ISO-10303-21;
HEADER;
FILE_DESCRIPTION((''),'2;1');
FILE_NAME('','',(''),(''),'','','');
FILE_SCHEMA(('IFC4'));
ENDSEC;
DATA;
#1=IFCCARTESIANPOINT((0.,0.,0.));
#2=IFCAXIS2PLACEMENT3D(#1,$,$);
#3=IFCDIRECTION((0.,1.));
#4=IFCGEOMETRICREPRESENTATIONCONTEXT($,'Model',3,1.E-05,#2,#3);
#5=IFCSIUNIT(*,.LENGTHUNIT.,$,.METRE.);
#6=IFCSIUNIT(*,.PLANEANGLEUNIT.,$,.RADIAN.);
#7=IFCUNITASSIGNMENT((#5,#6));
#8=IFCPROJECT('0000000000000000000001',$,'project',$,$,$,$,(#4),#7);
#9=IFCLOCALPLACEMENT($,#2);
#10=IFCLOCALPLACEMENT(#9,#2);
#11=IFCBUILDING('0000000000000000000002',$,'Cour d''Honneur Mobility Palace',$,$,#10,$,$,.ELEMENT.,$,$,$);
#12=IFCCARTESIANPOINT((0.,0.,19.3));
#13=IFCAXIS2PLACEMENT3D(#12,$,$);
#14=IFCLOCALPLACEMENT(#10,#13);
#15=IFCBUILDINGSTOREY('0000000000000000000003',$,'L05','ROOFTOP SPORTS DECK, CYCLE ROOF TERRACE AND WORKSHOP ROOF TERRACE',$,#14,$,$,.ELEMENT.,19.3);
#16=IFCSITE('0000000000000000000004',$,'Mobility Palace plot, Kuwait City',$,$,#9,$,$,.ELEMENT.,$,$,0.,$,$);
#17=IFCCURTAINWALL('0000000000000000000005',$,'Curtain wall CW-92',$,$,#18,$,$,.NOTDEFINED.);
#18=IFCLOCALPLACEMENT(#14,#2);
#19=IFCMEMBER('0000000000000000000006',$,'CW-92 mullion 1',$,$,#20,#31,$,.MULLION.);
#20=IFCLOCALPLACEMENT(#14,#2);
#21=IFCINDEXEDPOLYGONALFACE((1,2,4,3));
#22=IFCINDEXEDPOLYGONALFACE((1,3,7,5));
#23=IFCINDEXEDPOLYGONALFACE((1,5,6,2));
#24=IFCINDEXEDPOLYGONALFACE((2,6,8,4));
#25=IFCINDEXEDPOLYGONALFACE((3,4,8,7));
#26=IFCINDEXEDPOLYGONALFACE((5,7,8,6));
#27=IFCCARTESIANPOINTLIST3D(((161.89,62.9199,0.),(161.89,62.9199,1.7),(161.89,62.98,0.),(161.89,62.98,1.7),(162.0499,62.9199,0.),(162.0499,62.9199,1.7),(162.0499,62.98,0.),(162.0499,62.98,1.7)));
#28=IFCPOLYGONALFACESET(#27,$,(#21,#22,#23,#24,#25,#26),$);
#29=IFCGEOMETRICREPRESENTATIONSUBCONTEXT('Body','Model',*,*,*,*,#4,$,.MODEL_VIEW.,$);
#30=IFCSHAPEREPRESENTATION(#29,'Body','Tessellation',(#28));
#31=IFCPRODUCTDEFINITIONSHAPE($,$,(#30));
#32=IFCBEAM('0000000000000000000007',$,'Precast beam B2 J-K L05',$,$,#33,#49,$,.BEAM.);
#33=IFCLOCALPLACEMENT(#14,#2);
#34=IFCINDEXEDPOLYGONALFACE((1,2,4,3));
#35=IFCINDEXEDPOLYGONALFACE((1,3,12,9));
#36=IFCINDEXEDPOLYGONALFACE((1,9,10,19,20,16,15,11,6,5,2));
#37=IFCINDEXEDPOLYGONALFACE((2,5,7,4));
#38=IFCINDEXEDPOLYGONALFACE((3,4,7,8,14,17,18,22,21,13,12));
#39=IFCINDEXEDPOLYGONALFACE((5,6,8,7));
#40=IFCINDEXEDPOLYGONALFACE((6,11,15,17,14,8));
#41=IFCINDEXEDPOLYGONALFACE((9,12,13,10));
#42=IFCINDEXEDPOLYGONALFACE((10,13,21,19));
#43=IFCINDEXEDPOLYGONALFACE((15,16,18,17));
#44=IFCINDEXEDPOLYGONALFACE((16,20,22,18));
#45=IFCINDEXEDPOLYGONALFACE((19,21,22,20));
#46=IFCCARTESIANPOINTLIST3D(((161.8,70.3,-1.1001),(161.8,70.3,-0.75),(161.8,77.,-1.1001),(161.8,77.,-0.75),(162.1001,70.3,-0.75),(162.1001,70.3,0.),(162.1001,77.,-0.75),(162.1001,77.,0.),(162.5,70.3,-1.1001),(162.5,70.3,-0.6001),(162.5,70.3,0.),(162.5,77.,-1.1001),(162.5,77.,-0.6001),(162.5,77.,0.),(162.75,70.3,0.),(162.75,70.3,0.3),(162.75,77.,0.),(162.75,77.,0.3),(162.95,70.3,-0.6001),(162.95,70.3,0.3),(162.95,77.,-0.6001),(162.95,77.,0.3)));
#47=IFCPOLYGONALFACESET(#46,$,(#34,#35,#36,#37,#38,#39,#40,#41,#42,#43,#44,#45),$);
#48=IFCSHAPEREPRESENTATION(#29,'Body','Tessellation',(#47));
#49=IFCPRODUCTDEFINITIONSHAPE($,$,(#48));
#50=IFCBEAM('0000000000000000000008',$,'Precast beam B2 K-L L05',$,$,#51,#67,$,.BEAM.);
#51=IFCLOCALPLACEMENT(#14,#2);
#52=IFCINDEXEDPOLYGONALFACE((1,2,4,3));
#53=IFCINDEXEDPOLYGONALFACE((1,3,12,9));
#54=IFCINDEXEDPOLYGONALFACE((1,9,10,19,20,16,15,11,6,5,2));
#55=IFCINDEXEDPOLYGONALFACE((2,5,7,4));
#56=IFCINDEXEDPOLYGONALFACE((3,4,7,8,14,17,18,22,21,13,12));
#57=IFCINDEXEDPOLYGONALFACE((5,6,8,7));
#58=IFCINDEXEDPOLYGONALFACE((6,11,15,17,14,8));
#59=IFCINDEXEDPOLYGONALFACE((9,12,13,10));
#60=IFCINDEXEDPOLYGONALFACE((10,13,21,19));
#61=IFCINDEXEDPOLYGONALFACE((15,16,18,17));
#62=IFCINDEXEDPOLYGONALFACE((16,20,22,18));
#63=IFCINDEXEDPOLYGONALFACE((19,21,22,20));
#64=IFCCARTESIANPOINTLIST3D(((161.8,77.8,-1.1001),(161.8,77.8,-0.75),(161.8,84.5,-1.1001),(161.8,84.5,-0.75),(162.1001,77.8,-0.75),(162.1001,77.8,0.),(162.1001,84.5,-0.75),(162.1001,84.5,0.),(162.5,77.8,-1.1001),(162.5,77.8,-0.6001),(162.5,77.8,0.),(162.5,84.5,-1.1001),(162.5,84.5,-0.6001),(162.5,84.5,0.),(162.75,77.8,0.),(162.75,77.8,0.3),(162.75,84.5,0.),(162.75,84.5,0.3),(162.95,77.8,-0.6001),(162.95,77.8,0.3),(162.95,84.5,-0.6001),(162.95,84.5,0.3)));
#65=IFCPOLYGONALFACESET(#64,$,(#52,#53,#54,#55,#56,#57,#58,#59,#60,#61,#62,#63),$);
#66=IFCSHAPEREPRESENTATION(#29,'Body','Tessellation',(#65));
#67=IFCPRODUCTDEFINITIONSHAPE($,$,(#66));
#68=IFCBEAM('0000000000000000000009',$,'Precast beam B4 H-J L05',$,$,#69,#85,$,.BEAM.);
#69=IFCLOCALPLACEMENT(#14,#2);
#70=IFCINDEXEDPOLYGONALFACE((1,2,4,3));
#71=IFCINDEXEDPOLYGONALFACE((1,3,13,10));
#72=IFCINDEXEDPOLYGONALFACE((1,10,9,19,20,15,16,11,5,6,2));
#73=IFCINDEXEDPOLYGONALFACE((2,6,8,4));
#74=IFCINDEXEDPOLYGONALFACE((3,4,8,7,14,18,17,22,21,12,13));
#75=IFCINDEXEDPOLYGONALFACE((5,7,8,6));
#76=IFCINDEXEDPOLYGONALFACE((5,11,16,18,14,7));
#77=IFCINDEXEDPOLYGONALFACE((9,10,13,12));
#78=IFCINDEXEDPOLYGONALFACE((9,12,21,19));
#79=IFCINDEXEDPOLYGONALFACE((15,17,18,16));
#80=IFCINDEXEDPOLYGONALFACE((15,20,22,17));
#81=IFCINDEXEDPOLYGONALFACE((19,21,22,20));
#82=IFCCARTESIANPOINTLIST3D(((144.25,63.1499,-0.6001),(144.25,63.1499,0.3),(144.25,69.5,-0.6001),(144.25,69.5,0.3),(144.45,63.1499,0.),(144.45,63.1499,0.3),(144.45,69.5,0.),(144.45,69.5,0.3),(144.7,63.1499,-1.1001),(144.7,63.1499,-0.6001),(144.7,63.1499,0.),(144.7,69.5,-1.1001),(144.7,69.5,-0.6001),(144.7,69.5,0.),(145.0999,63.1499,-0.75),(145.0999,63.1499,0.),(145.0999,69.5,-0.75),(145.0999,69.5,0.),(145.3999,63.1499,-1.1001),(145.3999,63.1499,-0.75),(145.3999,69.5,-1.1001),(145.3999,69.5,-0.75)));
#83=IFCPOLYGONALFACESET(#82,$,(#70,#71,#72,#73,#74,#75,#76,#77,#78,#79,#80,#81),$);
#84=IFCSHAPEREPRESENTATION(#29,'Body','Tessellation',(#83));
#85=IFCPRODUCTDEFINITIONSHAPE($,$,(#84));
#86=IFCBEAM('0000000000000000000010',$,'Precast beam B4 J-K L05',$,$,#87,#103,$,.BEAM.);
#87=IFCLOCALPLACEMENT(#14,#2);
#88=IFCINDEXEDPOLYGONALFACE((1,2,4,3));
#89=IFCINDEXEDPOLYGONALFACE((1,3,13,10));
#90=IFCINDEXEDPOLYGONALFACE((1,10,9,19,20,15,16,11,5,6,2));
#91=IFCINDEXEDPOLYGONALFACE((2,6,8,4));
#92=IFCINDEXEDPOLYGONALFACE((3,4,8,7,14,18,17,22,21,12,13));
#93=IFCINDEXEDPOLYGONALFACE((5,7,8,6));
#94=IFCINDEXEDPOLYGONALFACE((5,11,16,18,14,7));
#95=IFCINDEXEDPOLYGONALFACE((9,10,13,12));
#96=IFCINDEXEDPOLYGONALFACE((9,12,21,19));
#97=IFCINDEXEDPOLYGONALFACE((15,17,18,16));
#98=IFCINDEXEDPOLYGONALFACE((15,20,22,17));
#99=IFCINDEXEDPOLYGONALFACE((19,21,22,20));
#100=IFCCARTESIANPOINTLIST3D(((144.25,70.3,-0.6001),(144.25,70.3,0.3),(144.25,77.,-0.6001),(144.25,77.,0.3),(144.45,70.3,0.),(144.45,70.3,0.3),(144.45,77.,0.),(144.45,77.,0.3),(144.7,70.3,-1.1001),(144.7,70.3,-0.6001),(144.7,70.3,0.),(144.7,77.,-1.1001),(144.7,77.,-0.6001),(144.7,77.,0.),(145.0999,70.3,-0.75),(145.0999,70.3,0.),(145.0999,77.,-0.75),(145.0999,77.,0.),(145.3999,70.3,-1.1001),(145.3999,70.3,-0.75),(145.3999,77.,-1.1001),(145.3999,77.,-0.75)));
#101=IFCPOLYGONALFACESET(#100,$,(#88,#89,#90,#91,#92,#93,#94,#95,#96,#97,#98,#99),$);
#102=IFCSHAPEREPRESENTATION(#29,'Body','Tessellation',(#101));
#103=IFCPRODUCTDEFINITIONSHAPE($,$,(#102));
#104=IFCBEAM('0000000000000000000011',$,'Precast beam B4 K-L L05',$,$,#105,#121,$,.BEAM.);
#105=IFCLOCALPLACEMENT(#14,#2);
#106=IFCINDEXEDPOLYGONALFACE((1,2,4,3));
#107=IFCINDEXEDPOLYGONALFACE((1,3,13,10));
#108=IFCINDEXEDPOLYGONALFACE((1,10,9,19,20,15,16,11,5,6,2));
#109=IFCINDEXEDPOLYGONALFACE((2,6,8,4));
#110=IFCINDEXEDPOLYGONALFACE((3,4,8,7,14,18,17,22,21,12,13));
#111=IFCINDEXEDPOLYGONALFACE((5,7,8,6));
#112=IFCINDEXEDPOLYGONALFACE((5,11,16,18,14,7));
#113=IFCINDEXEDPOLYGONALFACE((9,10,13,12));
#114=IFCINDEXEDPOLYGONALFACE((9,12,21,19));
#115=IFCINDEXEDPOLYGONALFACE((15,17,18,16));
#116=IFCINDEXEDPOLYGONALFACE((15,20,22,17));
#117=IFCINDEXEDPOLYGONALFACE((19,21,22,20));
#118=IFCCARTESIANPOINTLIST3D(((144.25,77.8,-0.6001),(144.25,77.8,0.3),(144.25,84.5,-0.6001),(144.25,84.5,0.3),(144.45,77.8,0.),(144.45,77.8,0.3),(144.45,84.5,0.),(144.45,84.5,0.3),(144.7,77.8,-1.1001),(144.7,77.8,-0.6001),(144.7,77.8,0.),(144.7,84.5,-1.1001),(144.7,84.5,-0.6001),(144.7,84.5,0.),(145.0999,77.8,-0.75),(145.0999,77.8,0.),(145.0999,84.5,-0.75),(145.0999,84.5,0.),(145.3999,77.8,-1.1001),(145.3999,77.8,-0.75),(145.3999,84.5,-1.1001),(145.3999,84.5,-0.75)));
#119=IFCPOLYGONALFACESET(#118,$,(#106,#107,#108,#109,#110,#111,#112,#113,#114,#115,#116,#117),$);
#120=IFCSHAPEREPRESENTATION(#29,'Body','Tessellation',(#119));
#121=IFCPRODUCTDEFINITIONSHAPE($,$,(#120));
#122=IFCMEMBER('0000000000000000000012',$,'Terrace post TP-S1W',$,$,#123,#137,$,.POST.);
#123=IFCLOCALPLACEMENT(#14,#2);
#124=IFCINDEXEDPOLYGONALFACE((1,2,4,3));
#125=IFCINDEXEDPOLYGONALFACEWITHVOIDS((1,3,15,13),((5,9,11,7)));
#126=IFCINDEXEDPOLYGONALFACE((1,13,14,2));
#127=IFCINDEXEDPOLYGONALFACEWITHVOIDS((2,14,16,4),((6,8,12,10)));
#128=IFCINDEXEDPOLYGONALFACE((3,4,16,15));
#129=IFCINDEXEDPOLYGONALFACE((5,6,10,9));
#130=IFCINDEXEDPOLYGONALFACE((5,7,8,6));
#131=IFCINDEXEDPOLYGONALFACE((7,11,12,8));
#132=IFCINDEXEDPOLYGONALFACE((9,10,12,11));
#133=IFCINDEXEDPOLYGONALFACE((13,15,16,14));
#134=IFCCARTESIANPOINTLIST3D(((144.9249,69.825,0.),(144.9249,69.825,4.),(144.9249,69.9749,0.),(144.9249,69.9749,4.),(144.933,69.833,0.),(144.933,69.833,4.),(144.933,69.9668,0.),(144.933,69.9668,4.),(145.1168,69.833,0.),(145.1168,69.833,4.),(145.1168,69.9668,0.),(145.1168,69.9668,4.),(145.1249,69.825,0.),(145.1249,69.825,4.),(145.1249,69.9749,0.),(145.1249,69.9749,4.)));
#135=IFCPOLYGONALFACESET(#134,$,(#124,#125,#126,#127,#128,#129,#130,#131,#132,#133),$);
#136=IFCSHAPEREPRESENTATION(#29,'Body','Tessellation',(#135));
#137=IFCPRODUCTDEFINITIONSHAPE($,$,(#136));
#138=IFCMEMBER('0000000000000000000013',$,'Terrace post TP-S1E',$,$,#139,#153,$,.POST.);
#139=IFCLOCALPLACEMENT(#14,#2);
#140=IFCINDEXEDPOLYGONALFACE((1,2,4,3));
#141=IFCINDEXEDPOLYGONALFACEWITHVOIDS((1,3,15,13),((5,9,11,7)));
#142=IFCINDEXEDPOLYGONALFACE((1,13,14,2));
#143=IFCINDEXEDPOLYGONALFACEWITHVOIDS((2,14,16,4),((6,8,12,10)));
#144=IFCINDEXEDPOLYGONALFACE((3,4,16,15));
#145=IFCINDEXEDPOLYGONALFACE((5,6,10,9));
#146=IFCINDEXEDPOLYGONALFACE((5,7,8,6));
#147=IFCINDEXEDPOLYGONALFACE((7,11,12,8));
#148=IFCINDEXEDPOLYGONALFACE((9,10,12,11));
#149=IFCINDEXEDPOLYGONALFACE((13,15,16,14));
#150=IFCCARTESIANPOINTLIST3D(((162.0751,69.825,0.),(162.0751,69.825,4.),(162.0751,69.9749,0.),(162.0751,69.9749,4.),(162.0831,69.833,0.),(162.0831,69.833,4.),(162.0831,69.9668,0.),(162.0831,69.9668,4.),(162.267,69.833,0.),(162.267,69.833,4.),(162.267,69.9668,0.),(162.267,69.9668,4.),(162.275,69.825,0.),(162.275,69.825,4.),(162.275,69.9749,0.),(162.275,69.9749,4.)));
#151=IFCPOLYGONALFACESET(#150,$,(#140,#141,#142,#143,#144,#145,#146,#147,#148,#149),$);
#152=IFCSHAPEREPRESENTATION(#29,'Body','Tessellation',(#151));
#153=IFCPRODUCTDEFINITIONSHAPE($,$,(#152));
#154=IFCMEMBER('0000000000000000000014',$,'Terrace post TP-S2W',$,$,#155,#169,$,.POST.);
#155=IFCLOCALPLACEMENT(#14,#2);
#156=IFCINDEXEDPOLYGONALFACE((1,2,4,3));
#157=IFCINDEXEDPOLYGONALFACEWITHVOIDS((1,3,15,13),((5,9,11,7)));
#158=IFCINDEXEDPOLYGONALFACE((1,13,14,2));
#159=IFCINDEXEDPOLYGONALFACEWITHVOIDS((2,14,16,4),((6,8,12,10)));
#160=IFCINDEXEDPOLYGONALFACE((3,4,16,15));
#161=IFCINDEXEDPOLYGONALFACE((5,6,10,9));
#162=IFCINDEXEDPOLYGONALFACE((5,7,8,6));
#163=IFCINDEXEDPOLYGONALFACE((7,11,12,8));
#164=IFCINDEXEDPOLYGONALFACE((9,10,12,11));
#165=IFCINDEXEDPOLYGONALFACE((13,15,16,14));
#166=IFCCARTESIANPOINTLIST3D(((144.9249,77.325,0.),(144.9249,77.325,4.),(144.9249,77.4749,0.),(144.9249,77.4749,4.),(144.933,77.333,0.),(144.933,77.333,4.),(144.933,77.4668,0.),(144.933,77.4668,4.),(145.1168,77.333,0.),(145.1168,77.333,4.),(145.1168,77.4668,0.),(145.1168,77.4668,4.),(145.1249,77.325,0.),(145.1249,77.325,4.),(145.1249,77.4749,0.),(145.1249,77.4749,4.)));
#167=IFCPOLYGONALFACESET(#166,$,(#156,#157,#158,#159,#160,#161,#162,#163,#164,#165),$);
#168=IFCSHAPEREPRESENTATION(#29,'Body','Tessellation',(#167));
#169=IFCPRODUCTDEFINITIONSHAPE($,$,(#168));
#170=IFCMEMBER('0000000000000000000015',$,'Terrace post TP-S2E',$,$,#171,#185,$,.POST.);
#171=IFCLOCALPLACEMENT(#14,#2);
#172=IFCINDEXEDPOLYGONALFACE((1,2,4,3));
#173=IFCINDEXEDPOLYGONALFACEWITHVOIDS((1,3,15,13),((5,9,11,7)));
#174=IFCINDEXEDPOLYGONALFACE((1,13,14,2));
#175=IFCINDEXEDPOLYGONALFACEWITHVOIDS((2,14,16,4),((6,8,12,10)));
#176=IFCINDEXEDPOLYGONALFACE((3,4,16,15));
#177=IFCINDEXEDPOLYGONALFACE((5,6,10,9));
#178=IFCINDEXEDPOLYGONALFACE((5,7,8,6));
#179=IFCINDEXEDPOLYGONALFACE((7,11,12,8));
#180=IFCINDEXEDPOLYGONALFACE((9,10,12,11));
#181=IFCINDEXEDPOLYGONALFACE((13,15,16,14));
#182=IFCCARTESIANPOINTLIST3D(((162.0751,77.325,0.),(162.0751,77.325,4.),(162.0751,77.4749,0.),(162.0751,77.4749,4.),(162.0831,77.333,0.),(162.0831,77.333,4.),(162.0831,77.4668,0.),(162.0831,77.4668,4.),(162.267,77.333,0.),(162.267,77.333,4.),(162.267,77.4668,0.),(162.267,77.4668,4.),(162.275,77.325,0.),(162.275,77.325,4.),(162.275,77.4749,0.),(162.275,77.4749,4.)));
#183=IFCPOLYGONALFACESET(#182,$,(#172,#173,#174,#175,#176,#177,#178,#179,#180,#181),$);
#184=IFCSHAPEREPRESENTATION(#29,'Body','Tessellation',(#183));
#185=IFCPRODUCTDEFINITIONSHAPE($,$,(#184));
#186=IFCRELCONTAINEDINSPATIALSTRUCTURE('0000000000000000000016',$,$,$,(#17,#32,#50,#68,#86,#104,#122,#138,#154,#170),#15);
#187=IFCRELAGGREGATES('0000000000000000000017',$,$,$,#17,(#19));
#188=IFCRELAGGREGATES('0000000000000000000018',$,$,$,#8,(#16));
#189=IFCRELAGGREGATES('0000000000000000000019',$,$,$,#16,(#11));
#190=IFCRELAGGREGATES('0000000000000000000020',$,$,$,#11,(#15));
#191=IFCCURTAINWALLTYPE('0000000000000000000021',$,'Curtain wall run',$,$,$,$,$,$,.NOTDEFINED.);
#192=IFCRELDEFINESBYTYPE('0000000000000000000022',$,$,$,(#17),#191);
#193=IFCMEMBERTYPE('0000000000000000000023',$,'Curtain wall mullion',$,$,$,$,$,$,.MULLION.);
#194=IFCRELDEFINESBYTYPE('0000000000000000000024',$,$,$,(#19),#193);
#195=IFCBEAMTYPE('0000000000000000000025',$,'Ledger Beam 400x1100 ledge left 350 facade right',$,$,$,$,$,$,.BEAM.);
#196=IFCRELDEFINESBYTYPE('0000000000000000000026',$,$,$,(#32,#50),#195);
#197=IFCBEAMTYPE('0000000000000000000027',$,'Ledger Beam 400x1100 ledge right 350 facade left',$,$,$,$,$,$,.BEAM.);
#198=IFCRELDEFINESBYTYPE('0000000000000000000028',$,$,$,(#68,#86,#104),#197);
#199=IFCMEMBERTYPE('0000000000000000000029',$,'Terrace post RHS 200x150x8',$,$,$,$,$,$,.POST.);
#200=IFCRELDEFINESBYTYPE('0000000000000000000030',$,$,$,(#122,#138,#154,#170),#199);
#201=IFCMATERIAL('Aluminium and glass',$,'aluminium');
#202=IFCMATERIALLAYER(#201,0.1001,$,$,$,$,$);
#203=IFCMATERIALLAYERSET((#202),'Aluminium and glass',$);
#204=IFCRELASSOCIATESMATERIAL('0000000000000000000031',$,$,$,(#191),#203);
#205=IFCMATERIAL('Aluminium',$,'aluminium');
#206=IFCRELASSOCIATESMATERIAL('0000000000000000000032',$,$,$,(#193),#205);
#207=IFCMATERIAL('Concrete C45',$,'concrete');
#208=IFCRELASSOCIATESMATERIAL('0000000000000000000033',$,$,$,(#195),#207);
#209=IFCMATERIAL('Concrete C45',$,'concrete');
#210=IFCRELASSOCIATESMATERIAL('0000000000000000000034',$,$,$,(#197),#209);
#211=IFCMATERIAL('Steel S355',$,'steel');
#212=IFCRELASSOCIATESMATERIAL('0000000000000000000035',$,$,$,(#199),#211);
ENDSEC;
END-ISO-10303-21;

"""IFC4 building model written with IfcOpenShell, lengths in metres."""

from ifc_helpers import new_model, si_unit, direction, frame, origin, origin_2d, place, context, subcontext, project, spatial, polyline, rectangle, hollow_rectangle, outline, extrude, material, layer, layer_set, material_profile, profile_set, type_object, element, aggregate, save


model = new_model("IFC4")

# Units and contexts
model_context = context("Model", 3, precision=1e-05, world=origin(), true_north=direction((0.0, 1.0)))
body_context = subcontext(model_context, "Body", "Model", "MODEL_VIEW")
ifc_project = project(units=[si_unit("LENGTHUNIT", "METRE"), si_unit("PLANEANGLEUNIT", "RADIAN")], contexts=[model_context])

# Site, building, storey
site_placement = place(None, origin())
site = spatial("IfcSite", under=ifc_project, at=site_placement, Name="Mobility Palace plot, Kuwait City", CompositionType="ELEMENT", RefElevation=0.0)
building_placement = place(site_placement, origin())
building = spatial("IfcBuilding", under=site, at=building_placement, Name="Cour d'Honneur Mobility Palace", CompositionType="ELEMENT")
storey_placement = place(building_placement, frame((0.0, 0.0, 19.3)))
storey = spatial("IfcBuildingStorey", under=building, at=storey_placement, Name="L05", Description="ROOFTOP SPORTS DECK, CYCLE ROOF TERRACE AND WORKSHOP ROOF TERRACE", CompositionType="ELEMENT", Elevation=19.3)

# Curtain wall, member
ifc_material_1 = material(Name="Aluminium and glass", Category="aluminium")
ifc_layer_1 = layer(ifc_material_1, 0.1001)
ifc_layer_set_1 = layer_set([ifc_layer_1], Name="Aluminium and glass")
curtain_wall_type = type_object("IfcCurtainWallType", Name="Curtain wall run", PredefinedType="NOTDEFINED", material=ifc_layer_set_1)
curtain_wall_placement = place(storey_placement, origin())
curtain_wall = element("IfcCurtainWall", 1, at=curtain_wall_placement, inside=storey, type_object=curtain_wall_type, Name="Curtain wall CW-92", PredefinedType="NOTDEFINED")
ifc_material_2 = material(Name="Aluminium", Category="aluminium")
ifc_material_profile_1 = material_profile(ifc_material_2, rectangle(XDim=0.0601, YDim=0.1599, at=origin_2d()), Name="Curtain wall mullion")
ifc_profile_set_1 = profile_set([ifc_material_profile_1], Name="Aluminium")
member_type_1 = type_object("IfcMemberType", Name="Curtain wall mullion", PredefinedType="MULLION", material=ifc_profile_set_1)
member_placement = place(storey_placement, frame((161.97, 62.95, 0.0), z_axis=(0.0, 0.0, 1.0), x_axis=(0.0, -1.0, 0.0)))
member = element("IfcMember", 2, at=member_placement, type_object=member_type_1, Name="CW-92 mullion 1", PredefinedType="MULLION", context=body_context, shape_type="SweptSolid", body=[
    extrude(rectangle(XDim=0.0601, YDim=0.1599, at=origin_2d()), origin(), (0.0, 0.0, 1.0), 1.7),
])
aggregate(curtain_wall, [member])

# Beams
ifc_material_3 = material(Name="Concrete C45", Category="concrete")
ifc_material_profile_2 = material_profile(ifc_material_3, outline(polyline([(0.5, -1.1001), (0.5, -0.75), (0.2, -0.75), (0.2, 0.0), (-0.2, 0.0), (-0.45, 0.0), (-0.45, 0.3), (-0.6499, 0.3), (-0.6499, -0.6001), (-0.2, -0.6001), (-0.2, -1.1001), (0.5, -1.1001)])), Name="Ledger Beam 400x1100 ledge left 350 facade right")
ifc_profile_set_2 = profile_set([ifc_material_profile_2], Name="Concrete C45")
beam_type_1 = type_object("IfcBeamType", Name="Ledger Beam 400x1100 ledge left 350 facade right", PredefinedType="BEAM", material=ifc_profile_set_2)
for number, where, z_axis, x_axis, name in (
    (3, (162.3, 70.3, 0.0), (0.0, 1.0, 0.0), (-1.0, 0.0, 0.0), "Precast beam B2 J-K L05"),
    (4, (162.3, 77.8, 0.0), (0.0, 1.0, 0.0), (-1.0, 0.0, 0.0), "Precast beam B2 K-L L05"),
):
    element("IfcBeam", number, at=place(storey_placement, frame(where, z_axis=z_axis, x_axis=x_axis)), inside=storey, type_object=beam_type_1, Name=name, PredefinedType="BEAM", context=body_context, shape_type="SweptSolid", body=[
        extrude(outline(polyline([(0.5, -1.1001), (0.5, -0.75), (0.2, -0.75), (0.2, 0.0), (-0.2, 0.0), (-0.45, 0.0), (-0.45, 0.3), (-0.6499, 0.3), (-0.6499, -0.6001), (-0.2, -0.6001), (-0.2, -1.1001), (0.5, -1.1001)])), origin(), (0.0, 0.0, 1.0), 6.7),
    ])
ifc_material_4 = material(Name="Concrete C45", Category="concrete")
ifc_material_profile_3 = material_profile(ifc_material_4, outline(polyline([(0.2, -1.1001), (0.2, -0.6001), (0.6499, -0.6001), (0.6499, 0.3), (0.45, 0.3), (0.45, 0.0), (0.2, 0.0), (-0.2, 0.0), (-0.2, -0.75), (-0.5, -0.75), (-0.5, -1.1001), (0.2, -1.1001)])), Name="Ledger Beam 400x1100 ledge right 350 facade left")
ifc_profile_set_3 = profile_set([ifc_material_profile_3], Name="Concrete C45")
beam_type_2 = type_object("IfcBeamType", Name="Ledger Beam 400x1100 ledge right 350 facade left", PredefinedType="BEAM", material=ifc_profile_set_3)
beam_placement = place(storey_placement, frame((144.8999, 63.1499, 0.0), z_axis=(0.0, 1.0, 0.0), x_axis=(-1.0, 0.0, 0.0)))
element("IfcBeam", 5, at=beam_placement, inside=storey, type_object=beam_type_2, Name="Precast beam B4 H-J L05", PredefinedType="BEAM", context=body_context, shape_type="SweptSolid", body=[
    extrude(outline(polyline([(0.2, -1.1001), (0.2, -0.6001), (0.6499, -0.6001), (0.6499, 0.3), (0.45, 0.3), (0.45, 0.0), (0.2, 0.0), (-0.2, 0.0), (-0.2, -0.75), (-0.5, -0.75), (-0.5, -1.1001), (0.2, -1.1001)])), origin(), (0.0, 0.0, 1.0), 6.3501),
])
for number, where, z_axis, x_axis, name in (
    (6, (144.8999, 70.3, 0.0), (0.0, 1.0, 0.0), (-1.0, 0.0, 0.0), "Precast beam B4 J-K L05"),
    (7, (144.8999, 77.8, 0.0), (0.0, 1.0, 0.0), (-1.0, 0.0, 0.0), "Precast beam B4 K-L L05"),
):
    element("IfcBeam", number, at=place(storey_placement, frame(where, z_axis=z_axis, x_axis=x_axis)), inside=storey, type_object=beam_type_2, Name=name, PredefinedType="BEAM", context=body_context, shape_type="SweptSolid", body=[
        extrude(outline(polyline([(0.2, -1.1001), (0.2, -0.6001), (0.6499, -0.6001), (0.6499, 0.3), (0.45, 0.3), (0.45, 0.0), (0.2, 0.0), (-0.2, 0.0), (-0.2, -0.75), (-0.5, -0.75), (-0.5, -1.1001), (0.2, -1.1001)])), origin(), (0.0, 0.0, 1.0), 6.7),
    ])

# Members
ifc_material_5 = material(Name="Steel S355", Category="steel")
ifc_material_profile_4 = material_profile(ifc_material_5, hollow_rectangle(XDim=0.1499, YDim=0.2, WallThickness=0.0081, at=origin_2d()), Name="RHS 200x150x8")
ifc_profile_set_4 = profile_set([ifc_material_profile_4], Name="Steel S355")
member_type_2 = type_object("IfcMemberType", Name="Terrace post RHS 200x150x8", PredefinedType="POST", material=ifc_profile_set_4)
for number, where, z_axis, x_axis, name in (
    (8, (145.0249, 69.8999, 0.0), (0.0, 0.0, 1.0), (0.0, 1.0, 0.0), "Terrace post TP-S1W"),
    (9, (162.175, 69.8999, 0.0), (0.0, 0.0, 1.0), (0.0, 1.0, 0.0), "Terrace post TP-S1E"),
    (10, (145.0249, 77.3999, 0.0), (0.0, 0.0, 1.0), (0.0, 1.0, 0.0), "Terrace post TP-S2W"),
    (11, (162.175, 77.3999, 0.0), (0.0, 0.0, 1.0), (0.0, 1.0, 0.0), "Terrace post TP-S2E"),
):
    element("IfcMember", number, at=place(storey_placement, frame(where, z_axis=z_axis, x_axis=x_axis)), inside=storey, type_object=member_type_2, Name=name, PredefinedType="POST", context=body_context, shape_type="SweptSolid", body=[
        extrude(hollow_rectangle(XDim=0.1499, YDim=0.2, WallThickness=0.0081, at=origin_2d()), origin(), (0.0, 0.0, 1.0), 4.0),
    ])

save(model, "model.ifc")
